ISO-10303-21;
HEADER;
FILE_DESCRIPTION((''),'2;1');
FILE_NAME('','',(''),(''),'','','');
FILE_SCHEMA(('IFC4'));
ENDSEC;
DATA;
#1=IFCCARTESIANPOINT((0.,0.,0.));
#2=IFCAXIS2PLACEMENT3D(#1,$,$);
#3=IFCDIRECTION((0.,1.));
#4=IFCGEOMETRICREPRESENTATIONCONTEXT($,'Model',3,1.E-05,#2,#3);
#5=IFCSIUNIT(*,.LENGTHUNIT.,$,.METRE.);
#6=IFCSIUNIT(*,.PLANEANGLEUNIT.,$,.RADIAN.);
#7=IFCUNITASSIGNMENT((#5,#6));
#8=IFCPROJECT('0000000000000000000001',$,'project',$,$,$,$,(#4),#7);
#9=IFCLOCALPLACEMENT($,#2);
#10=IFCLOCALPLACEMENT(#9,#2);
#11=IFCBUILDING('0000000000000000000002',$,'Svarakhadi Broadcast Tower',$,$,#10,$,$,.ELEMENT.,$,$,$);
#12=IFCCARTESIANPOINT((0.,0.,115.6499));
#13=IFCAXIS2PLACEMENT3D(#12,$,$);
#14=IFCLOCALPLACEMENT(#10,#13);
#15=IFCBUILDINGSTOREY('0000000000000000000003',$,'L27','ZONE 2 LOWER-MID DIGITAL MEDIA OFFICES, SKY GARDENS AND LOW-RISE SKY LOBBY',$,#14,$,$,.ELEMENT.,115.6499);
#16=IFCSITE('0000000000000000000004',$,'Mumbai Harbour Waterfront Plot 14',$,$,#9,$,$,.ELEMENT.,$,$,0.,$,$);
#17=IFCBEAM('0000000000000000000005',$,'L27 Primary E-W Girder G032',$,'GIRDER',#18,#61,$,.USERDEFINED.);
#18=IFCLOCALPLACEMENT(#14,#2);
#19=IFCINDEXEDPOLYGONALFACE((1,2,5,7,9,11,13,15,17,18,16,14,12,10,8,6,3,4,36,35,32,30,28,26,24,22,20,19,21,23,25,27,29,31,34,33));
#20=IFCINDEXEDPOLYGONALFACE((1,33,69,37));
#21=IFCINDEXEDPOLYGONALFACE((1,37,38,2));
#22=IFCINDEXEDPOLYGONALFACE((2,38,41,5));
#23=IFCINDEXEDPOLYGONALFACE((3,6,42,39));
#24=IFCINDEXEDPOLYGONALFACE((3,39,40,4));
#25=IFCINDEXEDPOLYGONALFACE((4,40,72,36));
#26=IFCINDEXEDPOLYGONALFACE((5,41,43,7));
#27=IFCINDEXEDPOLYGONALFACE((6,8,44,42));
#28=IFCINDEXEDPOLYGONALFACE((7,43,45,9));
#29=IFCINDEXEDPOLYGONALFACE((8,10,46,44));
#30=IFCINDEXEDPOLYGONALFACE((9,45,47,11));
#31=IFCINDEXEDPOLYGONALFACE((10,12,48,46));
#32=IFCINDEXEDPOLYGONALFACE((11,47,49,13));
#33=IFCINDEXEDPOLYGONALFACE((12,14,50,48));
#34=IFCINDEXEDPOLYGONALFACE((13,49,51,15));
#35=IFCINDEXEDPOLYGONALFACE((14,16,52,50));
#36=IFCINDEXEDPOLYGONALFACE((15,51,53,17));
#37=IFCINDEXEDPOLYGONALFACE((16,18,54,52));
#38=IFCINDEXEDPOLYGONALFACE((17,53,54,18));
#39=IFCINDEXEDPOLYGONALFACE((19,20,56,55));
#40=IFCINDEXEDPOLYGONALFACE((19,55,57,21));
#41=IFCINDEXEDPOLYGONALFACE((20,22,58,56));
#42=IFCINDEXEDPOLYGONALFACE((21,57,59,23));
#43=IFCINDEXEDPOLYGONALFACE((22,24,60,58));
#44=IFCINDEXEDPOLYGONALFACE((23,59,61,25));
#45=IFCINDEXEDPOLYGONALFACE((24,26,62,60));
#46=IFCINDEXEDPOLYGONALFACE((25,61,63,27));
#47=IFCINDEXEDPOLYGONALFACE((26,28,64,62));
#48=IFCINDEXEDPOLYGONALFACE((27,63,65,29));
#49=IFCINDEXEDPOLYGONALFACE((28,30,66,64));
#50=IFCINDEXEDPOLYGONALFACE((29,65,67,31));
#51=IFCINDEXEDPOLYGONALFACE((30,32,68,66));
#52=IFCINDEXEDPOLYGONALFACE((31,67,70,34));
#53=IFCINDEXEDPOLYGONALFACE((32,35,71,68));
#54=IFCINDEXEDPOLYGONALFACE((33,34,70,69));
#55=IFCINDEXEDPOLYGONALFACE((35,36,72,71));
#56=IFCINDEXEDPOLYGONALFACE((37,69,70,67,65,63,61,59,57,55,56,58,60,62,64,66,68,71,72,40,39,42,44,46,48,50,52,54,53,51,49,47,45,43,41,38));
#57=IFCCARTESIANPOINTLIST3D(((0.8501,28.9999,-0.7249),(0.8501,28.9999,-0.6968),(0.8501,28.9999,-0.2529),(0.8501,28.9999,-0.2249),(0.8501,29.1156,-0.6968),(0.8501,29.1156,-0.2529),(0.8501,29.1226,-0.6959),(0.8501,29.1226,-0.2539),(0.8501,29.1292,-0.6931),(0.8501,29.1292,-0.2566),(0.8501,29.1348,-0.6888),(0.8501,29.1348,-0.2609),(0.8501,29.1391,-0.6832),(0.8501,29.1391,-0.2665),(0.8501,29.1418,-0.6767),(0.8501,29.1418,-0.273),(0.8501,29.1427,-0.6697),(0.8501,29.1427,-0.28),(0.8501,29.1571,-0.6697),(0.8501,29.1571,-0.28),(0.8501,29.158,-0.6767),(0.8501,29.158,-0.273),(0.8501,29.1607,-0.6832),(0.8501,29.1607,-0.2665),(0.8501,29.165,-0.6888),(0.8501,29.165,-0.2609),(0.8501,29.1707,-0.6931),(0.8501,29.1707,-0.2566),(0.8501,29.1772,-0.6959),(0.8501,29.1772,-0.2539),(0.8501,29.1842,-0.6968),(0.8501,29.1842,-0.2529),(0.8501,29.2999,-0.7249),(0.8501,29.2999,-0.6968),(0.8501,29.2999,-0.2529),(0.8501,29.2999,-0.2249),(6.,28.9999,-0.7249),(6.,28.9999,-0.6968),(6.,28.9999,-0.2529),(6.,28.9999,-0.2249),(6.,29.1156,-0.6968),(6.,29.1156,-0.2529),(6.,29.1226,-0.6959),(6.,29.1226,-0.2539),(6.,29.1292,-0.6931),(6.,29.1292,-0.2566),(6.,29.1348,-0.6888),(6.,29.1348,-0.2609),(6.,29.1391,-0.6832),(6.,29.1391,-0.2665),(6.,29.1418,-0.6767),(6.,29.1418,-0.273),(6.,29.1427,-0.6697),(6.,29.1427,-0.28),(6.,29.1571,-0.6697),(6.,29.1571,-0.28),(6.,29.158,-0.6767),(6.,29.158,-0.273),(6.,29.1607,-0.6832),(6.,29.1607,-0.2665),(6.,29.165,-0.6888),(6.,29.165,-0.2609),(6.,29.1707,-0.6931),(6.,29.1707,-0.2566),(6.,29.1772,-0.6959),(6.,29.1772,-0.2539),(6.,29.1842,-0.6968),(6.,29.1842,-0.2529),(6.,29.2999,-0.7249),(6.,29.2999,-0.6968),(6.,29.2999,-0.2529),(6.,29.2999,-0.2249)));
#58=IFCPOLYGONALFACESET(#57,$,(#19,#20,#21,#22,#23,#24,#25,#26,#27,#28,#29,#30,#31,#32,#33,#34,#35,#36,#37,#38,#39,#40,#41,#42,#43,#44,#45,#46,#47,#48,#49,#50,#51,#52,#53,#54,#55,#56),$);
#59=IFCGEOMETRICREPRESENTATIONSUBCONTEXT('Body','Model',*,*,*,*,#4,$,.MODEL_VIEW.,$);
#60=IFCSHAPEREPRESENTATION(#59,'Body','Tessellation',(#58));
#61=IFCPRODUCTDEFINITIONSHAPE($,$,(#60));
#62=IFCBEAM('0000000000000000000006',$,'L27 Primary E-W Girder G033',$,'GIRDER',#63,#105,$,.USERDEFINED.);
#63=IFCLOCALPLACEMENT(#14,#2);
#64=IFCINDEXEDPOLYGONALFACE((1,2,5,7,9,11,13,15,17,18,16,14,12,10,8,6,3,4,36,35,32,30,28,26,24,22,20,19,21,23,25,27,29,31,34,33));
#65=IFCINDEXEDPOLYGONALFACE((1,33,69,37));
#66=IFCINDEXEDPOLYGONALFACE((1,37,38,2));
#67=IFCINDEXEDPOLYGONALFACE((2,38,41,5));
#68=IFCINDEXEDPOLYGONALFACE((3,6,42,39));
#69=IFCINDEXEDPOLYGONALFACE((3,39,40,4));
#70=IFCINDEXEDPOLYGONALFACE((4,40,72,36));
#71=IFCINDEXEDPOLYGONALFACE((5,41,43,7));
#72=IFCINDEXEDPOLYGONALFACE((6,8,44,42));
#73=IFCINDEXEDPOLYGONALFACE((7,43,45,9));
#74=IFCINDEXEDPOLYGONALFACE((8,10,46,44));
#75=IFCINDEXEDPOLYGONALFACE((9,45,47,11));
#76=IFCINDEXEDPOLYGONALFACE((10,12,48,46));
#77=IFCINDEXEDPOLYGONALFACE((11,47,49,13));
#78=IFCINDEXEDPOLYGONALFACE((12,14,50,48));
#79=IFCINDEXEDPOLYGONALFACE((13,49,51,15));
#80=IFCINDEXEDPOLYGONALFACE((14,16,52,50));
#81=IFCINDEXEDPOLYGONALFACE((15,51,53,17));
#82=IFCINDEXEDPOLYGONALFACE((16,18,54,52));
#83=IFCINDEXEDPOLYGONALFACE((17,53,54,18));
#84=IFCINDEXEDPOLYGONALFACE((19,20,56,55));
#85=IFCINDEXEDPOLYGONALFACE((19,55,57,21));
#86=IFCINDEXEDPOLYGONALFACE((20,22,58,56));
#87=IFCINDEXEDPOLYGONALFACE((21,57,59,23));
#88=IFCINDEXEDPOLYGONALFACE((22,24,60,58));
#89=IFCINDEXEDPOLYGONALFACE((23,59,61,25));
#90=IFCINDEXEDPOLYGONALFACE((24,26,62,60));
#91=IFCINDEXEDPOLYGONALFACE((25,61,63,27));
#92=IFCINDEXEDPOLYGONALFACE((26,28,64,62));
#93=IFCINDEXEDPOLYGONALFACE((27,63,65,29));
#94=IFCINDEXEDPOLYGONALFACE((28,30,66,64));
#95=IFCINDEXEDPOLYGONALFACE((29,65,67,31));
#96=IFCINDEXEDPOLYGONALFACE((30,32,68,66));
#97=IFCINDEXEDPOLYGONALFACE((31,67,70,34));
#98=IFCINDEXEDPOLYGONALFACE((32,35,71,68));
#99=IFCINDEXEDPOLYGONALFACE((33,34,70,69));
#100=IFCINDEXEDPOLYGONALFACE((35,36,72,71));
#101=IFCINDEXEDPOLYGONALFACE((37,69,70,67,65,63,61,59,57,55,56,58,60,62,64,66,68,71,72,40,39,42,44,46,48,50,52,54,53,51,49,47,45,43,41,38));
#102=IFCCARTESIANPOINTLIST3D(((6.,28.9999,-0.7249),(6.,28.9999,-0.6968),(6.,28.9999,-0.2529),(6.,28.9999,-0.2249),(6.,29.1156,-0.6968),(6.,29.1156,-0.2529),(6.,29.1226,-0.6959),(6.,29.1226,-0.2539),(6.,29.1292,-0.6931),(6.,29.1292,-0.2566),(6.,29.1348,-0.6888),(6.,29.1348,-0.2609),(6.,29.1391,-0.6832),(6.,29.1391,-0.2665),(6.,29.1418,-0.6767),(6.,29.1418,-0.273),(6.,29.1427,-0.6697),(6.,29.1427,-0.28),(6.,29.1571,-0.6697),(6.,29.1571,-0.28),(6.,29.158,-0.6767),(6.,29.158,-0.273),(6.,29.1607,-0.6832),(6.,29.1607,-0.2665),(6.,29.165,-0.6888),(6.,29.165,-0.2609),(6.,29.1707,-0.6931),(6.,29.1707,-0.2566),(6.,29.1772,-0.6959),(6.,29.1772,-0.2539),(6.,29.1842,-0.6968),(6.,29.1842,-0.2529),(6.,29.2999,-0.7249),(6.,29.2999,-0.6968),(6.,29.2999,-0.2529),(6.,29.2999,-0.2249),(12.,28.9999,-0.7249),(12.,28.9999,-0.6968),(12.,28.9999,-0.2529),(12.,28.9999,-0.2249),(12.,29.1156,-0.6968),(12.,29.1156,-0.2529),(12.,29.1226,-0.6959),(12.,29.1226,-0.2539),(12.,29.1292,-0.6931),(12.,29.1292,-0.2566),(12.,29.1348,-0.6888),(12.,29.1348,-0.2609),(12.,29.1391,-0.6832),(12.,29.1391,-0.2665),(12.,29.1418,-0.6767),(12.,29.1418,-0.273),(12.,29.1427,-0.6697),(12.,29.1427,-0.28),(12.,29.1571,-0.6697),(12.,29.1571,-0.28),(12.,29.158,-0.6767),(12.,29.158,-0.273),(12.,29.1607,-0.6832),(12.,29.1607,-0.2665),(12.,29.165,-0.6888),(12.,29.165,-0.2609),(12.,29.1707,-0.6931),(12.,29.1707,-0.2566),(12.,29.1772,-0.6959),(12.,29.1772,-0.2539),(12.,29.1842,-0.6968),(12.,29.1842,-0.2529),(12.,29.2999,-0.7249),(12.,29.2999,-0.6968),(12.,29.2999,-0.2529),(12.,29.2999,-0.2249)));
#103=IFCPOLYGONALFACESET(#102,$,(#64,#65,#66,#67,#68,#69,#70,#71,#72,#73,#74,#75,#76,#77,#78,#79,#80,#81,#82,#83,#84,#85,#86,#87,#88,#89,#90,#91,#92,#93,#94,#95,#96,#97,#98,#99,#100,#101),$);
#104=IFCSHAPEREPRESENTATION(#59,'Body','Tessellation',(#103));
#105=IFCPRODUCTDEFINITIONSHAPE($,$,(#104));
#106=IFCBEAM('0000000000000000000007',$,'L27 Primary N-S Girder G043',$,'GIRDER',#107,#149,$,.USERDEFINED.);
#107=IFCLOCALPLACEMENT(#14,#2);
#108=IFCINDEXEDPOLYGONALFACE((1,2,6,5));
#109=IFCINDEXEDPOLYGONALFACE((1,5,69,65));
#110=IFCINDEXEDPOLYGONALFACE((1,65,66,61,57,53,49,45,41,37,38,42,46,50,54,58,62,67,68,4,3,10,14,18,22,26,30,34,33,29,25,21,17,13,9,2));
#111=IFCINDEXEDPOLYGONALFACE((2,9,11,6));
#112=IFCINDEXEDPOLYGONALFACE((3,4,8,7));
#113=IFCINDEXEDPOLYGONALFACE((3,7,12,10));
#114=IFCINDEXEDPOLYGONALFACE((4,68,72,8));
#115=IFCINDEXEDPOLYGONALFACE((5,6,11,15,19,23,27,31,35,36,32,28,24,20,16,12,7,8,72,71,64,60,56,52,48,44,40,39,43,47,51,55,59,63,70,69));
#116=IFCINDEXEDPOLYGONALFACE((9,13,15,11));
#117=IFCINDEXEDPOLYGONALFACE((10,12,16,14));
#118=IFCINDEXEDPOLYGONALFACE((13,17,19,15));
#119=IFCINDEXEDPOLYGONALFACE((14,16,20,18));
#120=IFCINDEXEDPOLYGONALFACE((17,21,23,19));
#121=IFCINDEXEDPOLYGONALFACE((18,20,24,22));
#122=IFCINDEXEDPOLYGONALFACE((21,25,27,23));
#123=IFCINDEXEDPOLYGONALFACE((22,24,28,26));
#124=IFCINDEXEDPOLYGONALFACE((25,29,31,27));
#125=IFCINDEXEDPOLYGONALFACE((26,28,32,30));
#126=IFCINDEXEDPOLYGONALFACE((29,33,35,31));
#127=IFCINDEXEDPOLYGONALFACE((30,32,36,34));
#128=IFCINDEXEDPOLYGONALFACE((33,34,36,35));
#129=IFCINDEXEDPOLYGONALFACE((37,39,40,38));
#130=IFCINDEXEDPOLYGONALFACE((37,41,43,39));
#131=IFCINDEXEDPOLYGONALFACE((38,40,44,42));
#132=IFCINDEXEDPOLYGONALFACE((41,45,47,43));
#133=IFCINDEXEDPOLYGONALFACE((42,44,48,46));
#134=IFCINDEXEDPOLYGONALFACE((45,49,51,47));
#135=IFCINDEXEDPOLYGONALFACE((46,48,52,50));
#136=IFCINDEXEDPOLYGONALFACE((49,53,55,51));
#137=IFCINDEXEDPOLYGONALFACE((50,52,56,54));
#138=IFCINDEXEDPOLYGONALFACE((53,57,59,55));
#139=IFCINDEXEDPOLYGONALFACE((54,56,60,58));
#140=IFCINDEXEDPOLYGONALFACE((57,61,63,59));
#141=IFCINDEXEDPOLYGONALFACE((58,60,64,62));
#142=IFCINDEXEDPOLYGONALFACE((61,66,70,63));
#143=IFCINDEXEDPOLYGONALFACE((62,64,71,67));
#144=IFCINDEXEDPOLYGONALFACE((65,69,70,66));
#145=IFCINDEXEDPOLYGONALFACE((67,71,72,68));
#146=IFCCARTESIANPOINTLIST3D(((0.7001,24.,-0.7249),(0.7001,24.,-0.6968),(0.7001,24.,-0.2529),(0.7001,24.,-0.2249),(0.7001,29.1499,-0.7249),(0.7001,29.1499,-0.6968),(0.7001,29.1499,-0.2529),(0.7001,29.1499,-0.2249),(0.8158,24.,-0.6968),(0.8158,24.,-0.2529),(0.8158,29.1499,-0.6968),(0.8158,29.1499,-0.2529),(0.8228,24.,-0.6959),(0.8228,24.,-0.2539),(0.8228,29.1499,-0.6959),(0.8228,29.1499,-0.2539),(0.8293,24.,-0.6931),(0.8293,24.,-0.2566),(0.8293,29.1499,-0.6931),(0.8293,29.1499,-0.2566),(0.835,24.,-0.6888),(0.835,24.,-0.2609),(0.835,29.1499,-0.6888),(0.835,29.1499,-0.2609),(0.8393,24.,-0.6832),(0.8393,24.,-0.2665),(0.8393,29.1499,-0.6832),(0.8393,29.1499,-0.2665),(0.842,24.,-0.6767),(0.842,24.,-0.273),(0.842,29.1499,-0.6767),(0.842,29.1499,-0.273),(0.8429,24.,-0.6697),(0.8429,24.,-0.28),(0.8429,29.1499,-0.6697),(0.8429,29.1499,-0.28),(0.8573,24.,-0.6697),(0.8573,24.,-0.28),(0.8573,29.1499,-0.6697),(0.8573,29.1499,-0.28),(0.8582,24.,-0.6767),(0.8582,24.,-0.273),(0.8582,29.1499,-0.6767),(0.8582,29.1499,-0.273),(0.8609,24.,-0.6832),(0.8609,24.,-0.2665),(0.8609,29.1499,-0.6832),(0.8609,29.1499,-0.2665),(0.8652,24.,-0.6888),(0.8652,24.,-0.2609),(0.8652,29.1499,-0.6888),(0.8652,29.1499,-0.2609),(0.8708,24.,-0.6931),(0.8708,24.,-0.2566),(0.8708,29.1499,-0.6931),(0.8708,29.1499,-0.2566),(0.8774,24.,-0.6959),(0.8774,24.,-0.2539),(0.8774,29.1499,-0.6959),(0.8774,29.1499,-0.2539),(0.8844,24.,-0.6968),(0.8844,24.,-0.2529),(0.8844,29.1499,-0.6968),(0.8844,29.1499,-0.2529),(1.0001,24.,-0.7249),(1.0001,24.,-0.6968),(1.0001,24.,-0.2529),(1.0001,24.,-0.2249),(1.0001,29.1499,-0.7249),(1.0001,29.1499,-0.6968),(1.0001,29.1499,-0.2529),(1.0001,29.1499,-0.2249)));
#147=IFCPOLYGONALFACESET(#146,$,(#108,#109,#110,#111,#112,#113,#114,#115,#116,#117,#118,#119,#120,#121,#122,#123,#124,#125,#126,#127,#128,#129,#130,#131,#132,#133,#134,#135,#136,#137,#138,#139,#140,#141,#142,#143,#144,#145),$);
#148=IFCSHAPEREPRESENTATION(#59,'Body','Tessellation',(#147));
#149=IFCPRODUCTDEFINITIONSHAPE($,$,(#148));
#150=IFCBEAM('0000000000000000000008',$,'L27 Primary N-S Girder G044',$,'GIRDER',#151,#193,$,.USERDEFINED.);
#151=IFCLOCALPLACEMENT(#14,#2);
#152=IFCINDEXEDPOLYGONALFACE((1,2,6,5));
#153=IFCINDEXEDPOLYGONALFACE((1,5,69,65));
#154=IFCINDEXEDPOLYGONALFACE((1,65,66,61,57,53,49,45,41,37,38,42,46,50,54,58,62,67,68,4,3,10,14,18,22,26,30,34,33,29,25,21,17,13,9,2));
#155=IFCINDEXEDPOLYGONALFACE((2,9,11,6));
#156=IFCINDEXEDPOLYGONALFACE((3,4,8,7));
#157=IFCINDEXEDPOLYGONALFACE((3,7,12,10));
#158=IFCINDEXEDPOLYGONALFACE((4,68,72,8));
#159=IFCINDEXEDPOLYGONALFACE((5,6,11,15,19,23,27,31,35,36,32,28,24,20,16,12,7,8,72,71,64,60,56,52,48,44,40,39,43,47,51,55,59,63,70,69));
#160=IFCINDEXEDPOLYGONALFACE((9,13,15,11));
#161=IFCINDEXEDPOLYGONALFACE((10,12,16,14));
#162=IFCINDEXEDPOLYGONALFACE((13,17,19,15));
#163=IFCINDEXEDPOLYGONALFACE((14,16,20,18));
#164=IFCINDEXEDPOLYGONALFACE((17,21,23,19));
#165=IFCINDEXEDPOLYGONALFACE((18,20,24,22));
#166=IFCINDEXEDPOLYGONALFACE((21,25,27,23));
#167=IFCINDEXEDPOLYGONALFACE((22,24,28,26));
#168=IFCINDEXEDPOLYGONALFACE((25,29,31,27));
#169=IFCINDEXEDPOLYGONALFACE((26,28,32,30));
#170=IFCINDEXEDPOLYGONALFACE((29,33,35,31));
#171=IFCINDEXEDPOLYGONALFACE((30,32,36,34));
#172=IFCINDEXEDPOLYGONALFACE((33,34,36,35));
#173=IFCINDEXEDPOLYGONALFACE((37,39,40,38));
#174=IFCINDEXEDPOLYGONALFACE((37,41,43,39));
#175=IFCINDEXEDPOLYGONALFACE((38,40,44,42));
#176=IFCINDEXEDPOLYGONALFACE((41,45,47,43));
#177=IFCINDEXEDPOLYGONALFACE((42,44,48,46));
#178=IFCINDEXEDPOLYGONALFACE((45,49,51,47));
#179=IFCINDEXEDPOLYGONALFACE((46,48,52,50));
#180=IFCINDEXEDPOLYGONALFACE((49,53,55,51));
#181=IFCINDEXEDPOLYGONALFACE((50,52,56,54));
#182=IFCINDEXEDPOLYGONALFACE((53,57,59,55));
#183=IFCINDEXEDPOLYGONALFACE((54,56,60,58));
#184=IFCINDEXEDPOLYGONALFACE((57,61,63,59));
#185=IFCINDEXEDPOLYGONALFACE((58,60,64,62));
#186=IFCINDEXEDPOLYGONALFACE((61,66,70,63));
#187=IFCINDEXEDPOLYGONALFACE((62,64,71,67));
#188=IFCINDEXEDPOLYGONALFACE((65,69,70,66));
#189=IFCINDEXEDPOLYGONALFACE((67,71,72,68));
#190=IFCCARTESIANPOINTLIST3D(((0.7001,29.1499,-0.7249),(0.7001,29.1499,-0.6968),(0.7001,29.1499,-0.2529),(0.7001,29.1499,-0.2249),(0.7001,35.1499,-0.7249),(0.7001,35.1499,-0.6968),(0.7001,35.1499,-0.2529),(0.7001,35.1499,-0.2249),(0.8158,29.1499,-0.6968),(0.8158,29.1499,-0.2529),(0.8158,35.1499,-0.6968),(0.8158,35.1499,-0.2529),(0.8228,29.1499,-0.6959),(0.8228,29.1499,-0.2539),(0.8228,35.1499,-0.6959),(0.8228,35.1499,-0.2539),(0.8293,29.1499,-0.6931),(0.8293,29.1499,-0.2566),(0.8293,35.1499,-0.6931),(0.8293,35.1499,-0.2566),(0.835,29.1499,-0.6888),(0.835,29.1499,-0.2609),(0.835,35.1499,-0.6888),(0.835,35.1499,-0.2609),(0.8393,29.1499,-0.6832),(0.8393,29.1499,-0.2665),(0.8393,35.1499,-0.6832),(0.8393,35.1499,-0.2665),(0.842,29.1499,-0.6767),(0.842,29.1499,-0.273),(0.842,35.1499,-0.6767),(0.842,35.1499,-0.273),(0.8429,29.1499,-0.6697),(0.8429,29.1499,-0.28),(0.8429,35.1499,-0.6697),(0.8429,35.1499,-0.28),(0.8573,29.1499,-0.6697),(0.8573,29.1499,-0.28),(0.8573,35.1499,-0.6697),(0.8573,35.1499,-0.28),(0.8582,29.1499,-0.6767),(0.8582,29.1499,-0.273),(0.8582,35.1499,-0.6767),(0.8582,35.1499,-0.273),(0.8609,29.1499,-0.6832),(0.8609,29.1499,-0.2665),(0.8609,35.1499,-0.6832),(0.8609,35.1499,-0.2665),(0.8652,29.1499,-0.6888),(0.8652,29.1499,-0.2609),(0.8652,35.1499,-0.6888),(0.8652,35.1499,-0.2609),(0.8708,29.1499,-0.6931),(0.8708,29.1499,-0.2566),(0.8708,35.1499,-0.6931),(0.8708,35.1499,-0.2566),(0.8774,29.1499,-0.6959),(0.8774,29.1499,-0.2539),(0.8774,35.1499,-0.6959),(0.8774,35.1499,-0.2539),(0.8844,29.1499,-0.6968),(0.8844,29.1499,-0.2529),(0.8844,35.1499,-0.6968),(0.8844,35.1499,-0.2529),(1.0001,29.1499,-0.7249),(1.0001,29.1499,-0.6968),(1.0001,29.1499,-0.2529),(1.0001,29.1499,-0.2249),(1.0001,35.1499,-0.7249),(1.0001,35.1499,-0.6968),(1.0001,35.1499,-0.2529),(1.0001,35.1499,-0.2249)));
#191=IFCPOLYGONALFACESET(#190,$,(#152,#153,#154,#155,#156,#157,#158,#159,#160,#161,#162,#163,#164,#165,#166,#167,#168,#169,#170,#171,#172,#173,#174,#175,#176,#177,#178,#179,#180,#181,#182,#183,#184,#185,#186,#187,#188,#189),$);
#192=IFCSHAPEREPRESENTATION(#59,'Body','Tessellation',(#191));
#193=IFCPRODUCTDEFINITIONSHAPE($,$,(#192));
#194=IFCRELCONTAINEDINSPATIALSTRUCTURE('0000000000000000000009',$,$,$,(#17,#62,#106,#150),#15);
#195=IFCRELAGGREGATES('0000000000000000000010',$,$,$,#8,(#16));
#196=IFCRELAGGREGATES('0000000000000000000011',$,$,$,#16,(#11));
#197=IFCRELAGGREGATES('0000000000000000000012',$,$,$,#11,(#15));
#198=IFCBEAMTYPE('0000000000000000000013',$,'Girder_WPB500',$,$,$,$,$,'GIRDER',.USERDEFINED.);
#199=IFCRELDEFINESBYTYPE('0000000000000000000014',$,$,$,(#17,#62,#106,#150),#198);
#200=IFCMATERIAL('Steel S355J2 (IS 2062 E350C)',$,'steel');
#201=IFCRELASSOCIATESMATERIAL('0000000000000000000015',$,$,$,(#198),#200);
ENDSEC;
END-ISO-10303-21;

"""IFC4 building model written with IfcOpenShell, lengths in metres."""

from ifc_helpers import new_model, si_unit, direction, frame, origin, origin_2d, place, context, subcontext, project, spatial, i_section, extrude, material, material_profile, profile_set, type_object, element, save


model = new_model("IFC4")

# Units and contexts
model_context = context("Model", 3, precision=1e-05, world=origin(), true_north=direction((0.0, 1.0)))
body_context = subcontext(model_context, "Body", "Model", "MODEL_VIEW")
ifc_project = project(units=[si_unit("LENGTHUNIT", "METRE"), si_unit("PLANEANGLEUNIT", "RADIAN")], contexts=[model_context])

# Site, building, storey
site_placement = place(None, origin())
site = spatial("IfcSite", under=ifc_project, at=site_placement, Name="Mumbai Harbour Waterfront Plot 14", CompositionType="ELEMENT", RefElevation=0.0)
building_placement = place(site_placement, origin())
building = spatial("IfcBuilding", under=site, at=building_placement, Name="Svarakhadi Broadcast Tower", CompositionType="ELEMENT")
storey_placement = place(building_placement, frame((0.0, 0.0, 115.6499)))
storey = spatial("IfcBuildingStorey", under=building, at=storey_placement, Name="L27", Description="ZONE 2 LOWER-MID DIGITAL MEDIA OFFICES, SKY GARDENS AND LOW-RISE SKY LOBBY", CompositionType="ELEMENT", Elevation=115.6499)

# Shared definitions
ifc_material_1 = material(Name="Steel S355J2 (IS 2062 E350C)", Category="steel")

# Beams
ifc_material_profile_1 = material_profile(ifc_material_1, i_section(OverallWidth=0.3, OverallDepth=0.5, WebThickness=0.0144, FlangeThickness=0.0281, FilletRadius=0.0271, at=origin_2d()), Name="WPB 500x300x187")
ifc_profile_set_1 = profile_set([ifc_material_profile_1], Name="Steel S355J2 (IS 2062 E350C)")
beam_type_1 = type_object("IfcBeamType", Name="Girder_WPB500", ElementType="GIRDER", PredefinedType="USERDEFINED", material=ifc_profile_set_1)
beam_1_placement = place(storey_placement, frame((0.8501, 29.1499, -0.4749), z_axis=(1.0, 0.0, 0.0), x_axis=(0.0, 1.0, 0.0)))
element("IfcBeam", 1, at=beam_1_placement, inside=storey, type_object=beam_type_1, Name="L27 Primary E-W Girder G032", ObjectType="GIRDER", PredefinedType="USERDEFINED", context=body_context, shape_type="SweptSolid", body=[
    extrude(i_section(OverallWidth=0.3, OverallDepth=0.5, WebThickness=0.0144, FlangeThickness=0.0281, FilletRadius=0.0271, at=origin_2d()), origin(), (0.0, 0.0, 1.0), 5.1499),
])
beam_2_placement = place(storey_placement, frame((6.0, 29.1499, -0.4749), z_axis=(1.0, 0.0, 0.0), x_axis=(0.0, 1.0, 0.0)))
element("IfcBeam", 2, at=beam_2_placement, inside=storey, type_object=beam_type_1, Name="L27 Primary E-W Girder G033", ObjectType="GIRDER", PredefinedType="USERDEFINED", context=body_context, shape_type="SweptSolid", body=[
    extrude(i_section(OverallWidth=0.3, OverallDepth=0.5, WebThickness=0.0144, FlangeThickness=0.0281, FilletRadius=0.0271, at=origin_2d()), origin(), (0.0, 0.0, 1.0), 6.0),
])
beam_3_placement = place(storey_placement, frame((0.8501, 24.0, -0.4749), z_axis=(0.0, 1.0, 0.0), x_axis=(-1.0, 0.0, 0.0)))
element("IfcBeam", 3, at=beam_3_placement, inside=storey, type_object=beam_type_1, Name="L27 Primary N-S Girder G043", ObjectType="GIRDER", PredefinedType="USERDEFINED", context=body_context, shape_type="SweptSolid", body=[
    extrude(i_section(OverallWidth=0.3, OverallDepth=0.5, WebThickness=0.0144, FlangeThickness=0.0281, FilletRadius=0.0271, at=origin_2d()), origin(), (0.0, 0.0, 1.0), 5.1499),
])
for number, where, z_axis, x_axis, name in (
    (4, (0.8501, 29.1499, -0.4749), (0.0, 1.0, 0.0), (-1.0, 0.0, 0.0), "L27 Primary N-S Girder G044"),
):
    element("IfcBeam", number, at=place(storey_placement, frame(where, z_axis=z_axis, x_axis=x_axis)), inside=storey, type_object=beam_type_1, Name=name, ObjectType="GIRDER", PredefinedType="USERDEFINED", context=body_context, shape_type="SweptSolid", body=[
        extrude(i_section(OverallWidth=0.3, OverallDepth=0.5, WebThickness=0.0144, FlangeThickness=0.0281, FilletRadius=0.0271, at=origin_2d()), origin(), (0.0, 0.0, 1.0), 6.0),
    ])

save(model, "model.ifc")
